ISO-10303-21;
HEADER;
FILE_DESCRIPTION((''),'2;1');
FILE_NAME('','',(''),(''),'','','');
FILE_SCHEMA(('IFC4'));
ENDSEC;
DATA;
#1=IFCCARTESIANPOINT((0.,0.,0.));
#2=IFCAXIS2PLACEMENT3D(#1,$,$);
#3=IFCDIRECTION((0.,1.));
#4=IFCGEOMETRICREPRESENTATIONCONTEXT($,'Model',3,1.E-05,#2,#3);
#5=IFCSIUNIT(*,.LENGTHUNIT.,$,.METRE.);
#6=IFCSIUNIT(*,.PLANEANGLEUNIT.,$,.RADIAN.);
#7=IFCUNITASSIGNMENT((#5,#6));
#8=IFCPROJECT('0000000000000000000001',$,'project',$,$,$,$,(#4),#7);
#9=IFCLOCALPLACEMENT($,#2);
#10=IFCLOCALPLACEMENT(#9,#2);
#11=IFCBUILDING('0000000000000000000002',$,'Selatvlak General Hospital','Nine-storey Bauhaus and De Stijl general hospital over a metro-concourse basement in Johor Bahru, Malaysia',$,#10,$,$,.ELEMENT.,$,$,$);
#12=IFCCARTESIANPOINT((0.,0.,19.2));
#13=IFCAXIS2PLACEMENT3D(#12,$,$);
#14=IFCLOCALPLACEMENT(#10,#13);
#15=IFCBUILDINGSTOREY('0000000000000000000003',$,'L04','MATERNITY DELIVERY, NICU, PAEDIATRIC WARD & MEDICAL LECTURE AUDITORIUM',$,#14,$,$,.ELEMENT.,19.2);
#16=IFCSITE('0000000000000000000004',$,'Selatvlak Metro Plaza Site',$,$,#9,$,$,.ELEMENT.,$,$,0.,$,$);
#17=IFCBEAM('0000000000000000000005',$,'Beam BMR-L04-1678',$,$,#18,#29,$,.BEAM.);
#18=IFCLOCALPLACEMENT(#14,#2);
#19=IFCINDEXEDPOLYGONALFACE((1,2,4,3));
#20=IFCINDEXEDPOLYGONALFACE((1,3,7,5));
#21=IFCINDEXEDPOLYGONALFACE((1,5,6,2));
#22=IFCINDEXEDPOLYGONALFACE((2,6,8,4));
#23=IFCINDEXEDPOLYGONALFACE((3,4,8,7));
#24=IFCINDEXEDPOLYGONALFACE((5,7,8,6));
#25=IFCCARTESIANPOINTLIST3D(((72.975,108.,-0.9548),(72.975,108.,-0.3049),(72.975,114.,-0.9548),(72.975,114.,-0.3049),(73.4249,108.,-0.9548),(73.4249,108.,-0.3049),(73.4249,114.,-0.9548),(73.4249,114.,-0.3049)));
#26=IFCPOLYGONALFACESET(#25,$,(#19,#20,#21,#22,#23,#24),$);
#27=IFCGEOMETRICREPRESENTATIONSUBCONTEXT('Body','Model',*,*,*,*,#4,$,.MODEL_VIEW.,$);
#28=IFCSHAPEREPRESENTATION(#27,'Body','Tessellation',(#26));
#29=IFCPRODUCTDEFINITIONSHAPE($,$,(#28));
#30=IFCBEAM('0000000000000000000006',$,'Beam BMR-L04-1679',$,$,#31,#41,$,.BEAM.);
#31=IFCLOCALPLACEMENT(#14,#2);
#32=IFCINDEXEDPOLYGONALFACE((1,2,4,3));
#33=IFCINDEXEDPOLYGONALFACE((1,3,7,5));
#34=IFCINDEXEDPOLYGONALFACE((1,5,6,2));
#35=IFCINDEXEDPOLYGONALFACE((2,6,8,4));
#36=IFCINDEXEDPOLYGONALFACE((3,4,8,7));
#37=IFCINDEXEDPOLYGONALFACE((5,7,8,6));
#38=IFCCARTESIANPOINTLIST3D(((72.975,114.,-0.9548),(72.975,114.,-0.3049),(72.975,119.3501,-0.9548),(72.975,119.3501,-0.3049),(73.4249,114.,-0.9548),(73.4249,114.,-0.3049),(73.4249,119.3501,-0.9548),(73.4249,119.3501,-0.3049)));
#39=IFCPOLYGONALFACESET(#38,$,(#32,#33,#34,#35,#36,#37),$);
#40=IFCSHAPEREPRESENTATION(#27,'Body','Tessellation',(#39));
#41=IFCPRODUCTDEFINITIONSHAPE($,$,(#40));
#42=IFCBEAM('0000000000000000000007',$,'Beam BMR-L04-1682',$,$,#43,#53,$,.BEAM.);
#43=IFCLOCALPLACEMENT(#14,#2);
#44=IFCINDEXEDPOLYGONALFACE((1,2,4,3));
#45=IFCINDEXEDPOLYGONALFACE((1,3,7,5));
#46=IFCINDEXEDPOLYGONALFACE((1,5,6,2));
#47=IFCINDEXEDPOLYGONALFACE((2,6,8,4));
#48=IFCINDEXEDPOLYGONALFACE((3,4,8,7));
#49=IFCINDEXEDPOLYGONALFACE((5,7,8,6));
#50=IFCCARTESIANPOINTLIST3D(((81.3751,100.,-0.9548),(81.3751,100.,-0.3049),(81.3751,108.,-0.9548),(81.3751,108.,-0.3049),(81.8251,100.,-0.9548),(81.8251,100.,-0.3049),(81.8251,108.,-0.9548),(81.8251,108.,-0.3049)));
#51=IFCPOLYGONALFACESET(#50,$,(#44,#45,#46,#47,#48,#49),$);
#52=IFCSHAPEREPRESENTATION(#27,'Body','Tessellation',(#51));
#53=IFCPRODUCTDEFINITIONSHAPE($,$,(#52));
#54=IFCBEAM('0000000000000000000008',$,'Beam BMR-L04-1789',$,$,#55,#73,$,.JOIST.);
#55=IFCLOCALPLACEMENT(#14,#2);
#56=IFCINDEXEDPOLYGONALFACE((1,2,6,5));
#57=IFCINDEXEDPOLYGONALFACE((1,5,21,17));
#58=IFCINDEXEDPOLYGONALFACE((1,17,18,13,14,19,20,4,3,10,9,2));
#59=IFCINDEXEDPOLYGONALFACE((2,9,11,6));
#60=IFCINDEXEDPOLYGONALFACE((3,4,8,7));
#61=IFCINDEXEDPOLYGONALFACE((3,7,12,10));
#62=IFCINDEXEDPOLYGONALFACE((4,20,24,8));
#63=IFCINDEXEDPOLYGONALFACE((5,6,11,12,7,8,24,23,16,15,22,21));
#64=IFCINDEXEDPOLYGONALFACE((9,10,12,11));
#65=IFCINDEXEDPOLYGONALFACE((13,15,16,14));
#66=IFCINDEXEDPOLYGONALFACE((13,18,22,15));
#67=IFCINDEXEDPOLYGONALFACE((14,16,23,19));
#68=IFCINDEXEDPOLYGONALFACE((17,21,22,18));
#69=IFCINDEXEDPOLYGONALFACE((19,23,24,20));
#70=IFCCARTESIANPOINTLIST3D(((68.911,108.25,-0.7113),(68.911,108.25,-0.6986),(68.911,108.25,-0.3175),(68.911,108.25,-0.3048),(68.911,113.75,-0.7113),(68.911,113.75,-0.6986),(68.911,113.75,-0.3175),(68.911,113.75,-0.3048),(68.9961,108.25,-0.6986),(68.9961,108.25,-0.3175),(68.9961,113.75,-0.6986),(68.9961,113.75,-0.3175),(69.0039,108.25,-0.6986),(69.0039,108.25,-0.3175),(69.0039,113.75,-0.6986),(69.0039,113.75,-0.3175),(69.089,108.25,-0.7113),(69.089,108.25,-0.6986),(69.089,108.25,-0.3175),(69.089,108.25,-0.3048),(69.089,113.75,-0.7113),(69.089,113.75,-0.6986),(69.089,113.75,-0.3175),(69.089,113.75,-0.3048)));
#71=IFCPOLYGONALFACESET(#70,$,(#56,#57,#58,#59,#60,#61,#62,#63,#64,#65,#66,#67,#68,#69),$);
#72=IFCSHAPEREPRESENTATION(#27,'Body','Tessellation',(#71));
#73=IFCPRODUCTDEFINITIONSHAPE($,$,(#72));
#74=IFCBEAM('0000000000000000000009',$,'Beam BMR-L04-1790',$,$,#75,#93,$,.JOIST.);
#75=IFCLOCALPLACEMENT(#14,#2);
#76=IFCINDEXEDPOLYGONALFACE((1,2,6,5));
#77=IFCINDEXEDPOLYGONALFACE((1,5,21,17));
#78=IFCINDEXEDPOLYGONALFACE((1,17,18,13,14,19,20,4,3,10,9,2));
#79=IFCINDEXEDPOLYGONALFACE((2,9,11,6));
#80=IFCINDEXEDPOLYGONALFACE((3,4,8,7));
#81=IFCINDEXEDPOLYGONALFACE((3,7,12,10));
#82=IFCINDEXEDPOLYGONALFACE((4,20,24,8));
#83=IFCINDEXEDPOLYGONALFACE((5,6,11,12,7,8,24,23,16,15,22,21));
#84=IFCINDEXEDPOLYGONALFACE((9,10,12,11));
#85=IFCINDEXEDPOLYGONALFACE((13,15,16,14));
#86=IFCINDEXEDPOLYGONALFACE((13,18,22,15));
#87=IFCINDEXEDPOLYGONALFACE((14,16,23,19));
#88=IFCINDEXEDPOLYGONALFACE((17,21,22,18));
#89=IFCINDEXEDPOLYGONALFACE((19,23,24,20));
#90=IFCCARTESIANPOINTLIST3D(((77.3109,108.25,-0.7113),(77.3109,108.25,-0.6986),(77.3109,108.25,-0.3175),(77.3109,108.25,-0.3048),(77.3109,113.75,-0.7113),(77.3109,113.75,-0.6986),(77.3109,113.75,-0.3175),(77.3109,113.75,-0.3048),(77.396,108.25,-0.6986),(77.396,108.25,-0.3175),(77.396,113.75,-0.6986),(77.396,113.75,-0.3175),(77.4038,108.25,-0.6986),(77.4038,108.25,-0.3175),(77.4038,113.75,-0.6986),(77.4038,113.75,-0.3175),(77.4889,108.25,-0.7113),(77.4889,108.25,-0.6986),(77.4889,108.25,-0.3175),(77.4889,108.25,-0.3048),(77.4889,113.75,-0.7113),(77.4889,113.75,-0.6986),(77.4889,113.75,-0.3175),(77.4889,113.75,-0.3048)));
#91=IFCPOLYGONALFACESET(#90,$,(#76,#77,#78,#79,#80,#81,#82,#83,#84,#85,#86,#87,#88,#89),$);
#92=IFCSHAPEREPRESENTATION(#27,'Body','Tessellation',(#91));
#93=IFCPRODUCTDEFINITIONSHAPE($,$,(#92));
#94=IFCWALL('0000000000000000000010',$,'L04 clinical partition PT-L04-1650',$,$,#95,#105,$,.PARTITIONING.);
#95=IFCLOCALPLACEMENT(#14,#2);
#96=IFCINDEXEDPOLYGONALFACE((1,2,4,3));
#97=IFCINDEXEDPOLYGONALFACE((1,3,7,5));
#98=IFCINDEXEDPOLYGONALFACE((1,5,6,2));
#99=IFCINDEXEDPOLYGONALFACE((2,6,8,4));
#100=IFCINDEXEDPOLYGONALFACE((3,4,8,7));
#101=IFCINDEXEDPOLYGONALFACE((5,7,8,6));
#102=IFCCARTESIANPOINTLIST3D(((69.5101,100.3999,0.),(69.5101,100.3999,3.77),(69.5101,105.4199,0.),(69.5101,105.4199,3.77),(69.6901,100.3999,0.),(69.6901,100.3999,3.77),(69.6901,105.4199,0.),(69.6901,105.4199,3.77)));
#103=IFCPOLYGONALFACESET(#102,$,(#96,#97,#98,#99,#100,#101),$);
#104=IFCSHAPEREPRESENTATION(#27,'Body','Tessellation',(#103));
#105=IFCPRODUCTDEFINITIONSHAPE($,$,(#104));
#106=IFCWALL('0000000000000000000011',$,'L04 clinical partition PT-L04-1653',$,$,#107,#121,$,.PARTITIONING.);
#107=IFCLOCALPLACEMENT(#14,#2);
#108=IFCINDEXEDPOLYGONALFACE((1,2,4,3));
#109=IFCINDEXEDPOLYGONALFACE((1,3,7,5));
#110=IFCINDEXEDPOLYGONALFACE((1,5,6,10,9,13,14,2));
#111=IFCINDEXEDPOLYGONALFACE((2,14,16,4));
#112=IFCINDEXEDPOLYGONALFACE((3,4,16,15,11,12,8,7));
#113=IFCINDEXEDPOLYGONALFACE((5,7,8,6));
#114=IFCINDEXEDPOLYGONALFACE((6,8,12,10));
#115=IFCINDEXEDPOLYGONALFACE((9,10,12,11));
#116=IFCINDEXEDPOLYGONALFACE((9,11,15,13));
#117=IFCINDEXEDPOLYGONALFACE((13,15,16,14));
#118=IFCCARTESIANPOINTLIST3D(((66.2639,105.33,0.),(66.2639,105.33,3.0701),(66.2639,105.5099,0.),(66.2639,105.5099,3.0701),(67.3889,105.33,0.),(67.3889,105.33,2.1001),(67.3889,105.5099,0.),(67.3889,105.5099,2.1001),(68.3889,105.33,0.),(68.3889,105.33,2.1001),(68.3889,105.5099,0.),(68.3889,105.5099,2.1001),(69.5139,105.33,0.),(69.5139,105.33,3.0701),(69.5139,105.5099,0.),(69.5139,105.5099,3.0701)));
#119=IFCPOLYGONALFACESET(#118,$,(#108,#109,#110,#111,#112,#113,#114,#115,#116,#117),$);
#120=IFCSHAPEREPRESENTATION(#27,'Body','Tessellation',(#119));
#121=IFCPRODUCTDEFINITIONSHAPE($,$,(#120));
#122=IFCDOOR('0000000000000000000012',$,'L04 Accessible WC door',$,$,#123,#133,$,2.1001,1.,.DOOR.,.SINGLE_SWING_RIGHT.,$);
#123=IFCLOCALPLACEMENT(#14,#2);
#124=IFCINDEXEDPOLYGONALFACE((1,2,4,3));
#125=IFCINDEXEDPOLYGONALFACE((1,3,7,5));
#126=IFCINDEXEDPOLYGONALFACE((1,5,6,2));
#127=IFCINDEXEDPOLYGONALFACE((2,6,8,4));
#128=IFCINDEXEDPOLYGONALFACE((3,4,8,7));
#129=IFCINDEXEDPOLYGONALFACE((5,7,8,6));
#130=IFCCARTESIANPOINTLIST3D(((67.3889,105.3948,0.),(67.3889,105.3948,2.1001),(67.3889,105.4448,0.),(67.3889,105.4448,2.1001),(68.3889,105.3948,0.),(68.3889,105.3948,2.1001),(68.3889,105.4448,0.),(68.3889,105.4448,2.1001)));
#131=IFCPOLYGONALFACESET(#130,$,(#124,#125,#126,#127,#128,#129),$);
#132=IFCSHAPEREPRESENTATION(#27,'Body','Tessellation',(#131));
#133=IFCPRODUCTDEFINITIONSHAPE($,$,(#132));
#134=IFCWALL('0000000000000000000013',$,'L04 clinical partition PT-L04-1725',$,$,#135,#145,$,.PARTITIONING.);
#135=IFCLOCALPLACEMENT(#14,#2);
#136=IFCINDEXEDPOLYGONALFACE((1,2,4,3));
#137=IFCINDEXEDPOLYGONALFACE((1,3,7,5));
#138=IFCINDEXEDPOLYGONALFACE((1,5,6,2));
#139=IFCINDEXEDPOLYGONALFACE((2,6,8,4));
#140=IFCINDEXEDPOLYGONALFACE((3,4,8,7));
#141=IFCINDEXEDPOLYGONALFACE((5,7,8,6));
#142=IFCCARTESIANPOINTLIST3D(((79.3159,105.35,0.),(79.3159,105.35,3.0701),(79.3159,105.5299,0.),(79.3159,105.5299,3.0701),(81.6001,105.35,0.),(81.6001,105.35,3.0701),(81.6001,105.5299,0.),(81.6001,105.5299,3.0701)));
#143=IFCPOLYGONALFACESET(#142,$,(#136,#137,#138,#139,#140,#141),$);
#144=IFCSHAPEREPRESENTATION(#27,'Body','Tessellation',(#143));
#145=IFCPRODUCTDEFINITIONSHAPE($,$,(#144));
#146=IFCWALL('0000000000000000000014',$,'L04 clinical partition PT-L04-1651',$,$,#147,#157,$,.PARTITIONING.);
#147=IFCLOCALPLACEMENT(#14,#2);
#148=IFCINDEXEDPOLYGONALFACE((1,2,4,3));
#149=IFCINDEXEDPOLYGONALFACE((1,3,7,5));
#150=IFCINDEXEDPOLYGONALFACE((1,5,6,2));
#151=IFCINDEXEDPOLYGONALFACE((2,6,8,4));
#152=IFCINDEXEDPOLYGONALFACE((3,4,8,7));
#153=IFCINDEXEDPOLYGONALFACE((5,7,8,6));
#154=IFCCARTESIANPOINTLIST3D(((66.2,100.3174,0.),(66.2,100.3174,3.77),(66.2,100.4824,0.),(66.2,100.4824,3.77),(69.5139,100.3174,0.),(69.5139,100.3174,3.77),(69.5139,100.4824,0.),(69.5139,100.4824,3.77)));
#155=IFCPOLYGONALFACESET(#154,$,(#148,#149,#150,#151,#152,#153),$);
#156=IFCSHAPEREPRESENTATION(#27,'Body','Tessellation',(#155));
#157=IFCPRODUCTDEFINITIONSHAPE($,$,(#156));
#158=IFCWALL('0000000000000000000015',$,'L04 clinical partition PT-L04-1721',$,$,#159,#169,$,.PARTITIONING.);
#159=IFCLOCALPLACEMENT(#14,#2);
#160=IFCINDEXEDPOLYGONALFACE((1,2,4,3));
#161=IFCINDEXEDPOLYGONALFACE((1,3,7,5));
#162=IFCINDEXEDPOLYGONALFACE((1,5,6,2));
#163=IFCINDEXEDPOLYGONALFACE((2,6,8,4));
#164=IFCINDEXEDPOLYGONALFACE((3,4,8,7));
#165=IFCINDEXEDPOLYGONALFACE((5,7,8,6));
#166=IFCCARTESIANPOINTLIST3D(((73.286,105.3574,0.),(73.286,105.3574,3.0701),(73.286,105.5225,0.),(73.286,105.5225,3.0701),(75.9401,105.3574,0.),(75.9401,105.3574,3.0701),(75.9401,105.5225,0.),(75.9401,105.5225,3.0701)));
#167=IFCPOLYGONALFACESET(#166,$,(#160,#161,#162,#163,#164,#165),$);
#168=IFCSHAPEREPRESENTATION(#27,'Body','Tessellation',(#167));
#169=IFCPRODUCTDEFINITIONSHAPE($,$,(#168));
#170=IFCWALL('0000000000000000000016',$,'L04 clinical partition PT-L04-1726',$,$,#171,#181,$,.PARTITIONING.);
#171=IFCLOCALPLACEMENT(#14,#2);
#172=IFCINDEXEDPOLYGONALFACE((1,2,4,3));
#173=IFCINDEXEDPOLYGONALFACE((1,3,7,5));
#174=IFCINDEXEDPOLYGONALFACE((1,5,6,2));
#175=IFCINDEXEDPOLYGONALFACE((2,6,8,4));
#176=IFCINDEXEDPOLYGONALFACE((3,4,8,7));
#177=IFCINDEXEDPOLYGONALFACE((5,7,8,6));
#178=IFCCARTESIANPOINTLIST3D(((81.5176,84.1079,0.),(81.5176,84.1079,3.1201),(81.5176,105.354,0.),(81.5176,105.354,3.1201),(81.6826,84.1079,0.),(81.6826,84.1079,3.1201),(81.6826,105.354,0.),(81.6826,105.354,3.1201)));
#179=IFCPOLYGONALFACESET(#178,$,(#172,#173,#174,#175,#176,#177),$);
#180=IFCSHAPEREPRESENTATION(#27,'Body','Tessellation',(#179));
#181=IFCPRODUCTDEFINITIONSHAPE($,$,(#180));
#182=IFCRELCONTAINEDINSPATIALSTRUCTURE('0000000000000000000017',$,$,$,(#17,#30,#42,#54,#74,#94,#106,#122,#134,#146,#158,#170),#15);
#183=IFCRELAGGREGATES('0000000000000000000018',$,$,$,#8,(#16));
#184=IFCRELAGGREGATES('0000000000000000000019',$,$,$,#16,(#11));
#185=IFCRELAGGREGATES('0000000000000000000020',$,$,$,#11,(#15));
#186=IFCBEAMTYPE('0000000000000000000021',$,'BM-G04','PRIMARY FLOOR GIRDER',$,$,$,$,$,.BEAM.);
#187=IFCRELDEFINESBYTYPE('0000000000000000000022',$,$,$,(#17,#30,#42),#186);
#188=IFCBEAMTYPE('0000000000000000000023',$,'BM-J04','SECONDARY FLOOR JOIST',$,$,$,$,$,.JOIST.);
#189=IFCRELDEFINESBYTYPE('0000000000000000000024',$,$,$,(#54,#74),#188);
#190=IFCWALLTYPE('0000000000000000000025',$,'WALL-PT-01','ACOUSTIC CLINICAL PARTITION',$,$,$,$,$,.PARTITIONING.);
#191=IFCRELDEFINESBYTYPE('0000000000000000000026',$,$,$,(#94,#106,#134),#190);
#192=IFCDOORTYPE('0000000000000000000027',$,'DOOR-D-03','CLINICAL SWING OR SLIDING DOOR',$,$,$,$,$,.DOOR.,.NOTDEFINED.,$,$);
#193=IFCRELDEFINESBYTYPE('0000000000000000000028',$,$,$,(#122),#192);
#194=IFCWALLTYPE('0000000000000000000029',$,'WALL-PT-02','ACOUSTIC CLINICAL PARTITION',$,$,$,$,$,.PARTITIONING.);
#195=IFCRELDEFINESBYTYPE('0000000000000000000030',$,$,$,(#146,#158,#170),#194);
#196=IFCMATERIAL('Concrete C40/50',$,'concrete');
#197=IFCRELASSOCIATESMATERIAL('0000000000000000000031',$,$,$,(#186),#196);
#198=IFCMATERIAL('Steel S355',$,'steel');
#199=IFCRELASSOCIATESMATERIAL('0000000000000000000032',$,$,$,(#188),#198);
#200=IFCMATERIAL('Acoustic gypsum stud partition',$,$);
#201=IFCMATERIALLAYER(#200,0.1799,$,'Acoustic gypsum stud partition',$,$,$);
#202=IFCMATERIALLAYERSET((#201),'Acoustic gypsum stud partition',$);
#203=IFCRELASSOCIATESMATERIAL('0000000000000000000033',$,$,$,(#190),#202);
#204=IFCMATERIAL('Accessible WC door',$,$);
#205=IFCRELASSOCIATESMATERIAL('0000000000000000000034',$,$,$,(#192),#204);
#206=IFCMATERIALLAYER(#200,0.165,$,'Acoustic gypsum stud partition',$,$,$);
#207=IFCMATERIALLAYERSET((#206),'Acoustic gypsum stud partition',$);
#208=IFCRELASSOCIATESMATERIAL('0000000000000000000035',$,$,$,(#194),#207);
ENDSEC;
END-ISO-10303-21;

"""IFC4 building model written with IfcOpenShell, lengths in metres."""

from ifc_helpers import new_model, si_unit, direction, frame, frame_2d, origin, origin_2d, place, context, subcontext, project, spatial, rectangle, i_section, extrude, material, layer, layer_set, material_profile, profile_set, type_object, element, fill, save


model = new_model("IFC4")

# Units and contexts
model_context = context("Model", 3, precision=1e-05, world=origin(), true_north=direction((0.0, 1.0)))
body_context = subcontext(model_context, "Body", "Model", "MODEL_VIEW")
ifc_project = project(units=[si_unit("LENGTHUNIT", "METRE"), si_unit("PLANEANGLEUNIT", "RADIAN")], contexts=[model_context])

# Site, building, storey
site_placement = place(None, origin())
site = spatial("IfcSite", under=ifc_project, at=site_placement, Name="Selatvlak Metro Plaza Site", CompositionType="ELEMENT", RefElevation=0.0)
building_placement = place(site_placement, origin())
building = spatial("IfcBuilding", under=site, at=building_placement, Name="Selatvlak General Hospital", Description="Nine-storey Bauhaus and De Stijl general hospital over a metro-concourse basement in Johor Bahru, Malaysia", CompositionType="ELEMENT")
storey_placement = place(building_placement, frame((0.0, 0.0, 19.2)))
storey = spatial("IfcBuildingStorey", under=building, at=storey_placement, Name="L04", Description="MATERNITY DELIVERY, NICU, PAEDIATRIC WARD & MEDICAL LECTURE AUDITORIUM", CompositionType="ELEMENT", Elevation=19.2)

# Beams
ifc_material_1 = material(Name="Concrete C40/50", Category="concrete")
ifc_material_profile_1 = material_profile(ifc_material_1, rectangle(XDim=0.45, YDim=0.6499, at=origin_2d()), Name="RC-BM 450x650")
ifc_profile_set_1 = profile_set([ifc_material_profile_1], Name="Concrete C40/50")
beam_type_1 = type_object("IfcBeamType", Name="BM-G04", Description="PRIMARY FLOOR GIRDER", PredefinedType="BEAM", material=ifc_profile_set_1)
beam_1_placement = place(storey_placement, frame((73.2, 108.0, -0.6299), z_axis=(0.0, 1.0, 0.0), x_axis=(-1.0, 0.0, 0.0)))
element("IfcBeam", 1, at=beam_1_placement, inside=storey, type_object=beam_type_1, Name="Beam BMR-L04-1678", PredefinedType="BEAM", context=body_context, shape_type="SweptSolid", body=[
    extrude(rectangle(XDim=0.45, YDim=0.6499, at=origin_2d()), origin(), (0.0, 0.0, 1.0), 6.0),
])
beam_2_placement = place(storey_placement, frame((73.2, 114.0, -0.6299), z_axis=(0.0, 1.0, 0.0), x_axis=(-1.0, 0.0, 0.0)))
element("IfcBeam", 2, at=beam_2_placement, inside=storey, type_object=beam_type_1, Name="Beam BMR-L04-1679", PredefinedType="BEAM", context=body_context, shape_type="SweptSolid", body=[
    extrude(rectangle(XDim=0.45, YDim=0.6499, at=origin_2d()), origin(), (0.0, 0.0, 1.0), 5.3501),
])
beam_3_placement = place(storey_placement, frame((81.6001, 100.0, -0.6299), z_axis=(0.0, 1.0, 0.0), x_axis=(-1.0, 0.0, 0.0)))
element("IfcBeam", 3, at=beam_3_placement, inside=storey, type_object=beam_type_1, Name="Beam BMR-L04-1682", PredefinedType="BEAM", context=body_context, shape_type="SweptSolid", body=[
    extrude(rectangle(XDim=0.45, YDim=0.6499, at=origin_2d()), origin(), (0.0, 0.0, 1.0), 8.0),
])
ifc_material_2 = material(Name="Steel S355", Category="steel")
ifc_material_profile_2 = material_profile(ifc_material_2, i_section(OverallWidth=0.178, OverallDepth=0.4065, WebThickness=0.0078, FlangeThickness=0.0127, at=origin_2d()), Name="UB 406x178x60")
ifc_profile_set_2 = profile_set([ifc_material_profile_2], Name="Steel S355")
beam_type_2 = type_object("IfcBeamType", Name="BM-J04", Description="SECONDARY FLOOR JOIST", PredefinedType="JOIST", material=ifc_profile_set_2)
for number, where, z_axis, x_axis, name in (
    (4, (69.0, 108.25, -0.5081), (0.0, 1.0, 0.0), (-1.0, 0.0, 0.0), "Beam BMR-L04-1789"),
    (5, (77.3999, 108.25, -0.5081), (0.0, 1.0, 0.0), (-1.0, 0.0, 0.0), "Beam BMR-L04-1790"),
):
    element("IfcBeam", number, at=place(storey_placement, frame(where, z_axis=z_axis, x_axis=x_axis)), inside=storey, type_object=beam_type_2, Name=name, PredefinedType="JOIST", context=body_context, shape_type="SweptSolid", body=[
        extrude(i_section(OverallWidth=0.178, OverallDepth=0.4065, WebThickness=0.0078, FlangeThickness=0.0127, at=origin_2d()), origin(), (0.0, 0.0, 1.0), 5.5),
    ])

# Wall
ifc_material_3 = material(Name="Acoustic gypsum stud partition")
ifc_layer_1 = layer(ifc_material_3, 0.1799, Name="Acoustic gypsum stud partition")
ifc_layer_set_1 = layer_set([ifc_layer_1], Name="Acoustic gypsum stud partition")
wall_type_1 = type_object("IfcWallType", Name="WALL-PT-01", Description="ACOUSTIC CLINICAL PARTITION", PredefinedType="PARTITIONING", material=ifc_layer_set_1)
wall_1_placement = place(storey_placement, frame((69.6001, 105.4199, 0.0), z_axis=(0.0, 0.0, 1.0), x_axis=(0.0, -1.0, 0.0)))
element("IfcWall", 6, at=wall_1_placement, inside=storey, type_object=wall_type_1, Name="L04 clinical partition PT-L04-1650", PredefinedType="PARTITIONING", context=body_context, shape_type="SweptSolid", body=[
    extrude(rectangle(XDim=5.02, YDim=0.1799, at=frame_2d((2.51, 0.0))), origin(), (0.0, 0.0, 1.0), 3.77),
])

# Wall, opening, door
wall_2_placement = place(storey_placement, frame((66.2639, 105.4199, 0.0), z_axis=(0.0, 0.0, 1.0), x_axis=(1.0, 0.0, 0.0)))
wall_2 = element("IfcWall", 7, at=wall_2_placement, inside=storey, type_object=wall_type_1, Name="L04 clinical partition PT-L04-1653", PredefinedType="PARTITIONING", context=body_context, shape_type="SweptSolid", body=[
    extrude(rectangle(XDim=3.25, YDim=0.1799, at=frame_2d((1.625, 0.0))), origin(), (0.0, 0.0, 1.0), 3.0701),
])
opening_1_placement = place(wall_2_placement, frame((1.125, 0.0, 0.0)))
opening_1 = element("IfcOpeningElement", 8, at=opening_1_placement, cuts=wall_2, PredefinedType="OPENING", context=body_context, shape_type="SweptSolid", body=[
    extrude(rectangle(XDim=1.0, YDim=2.1001, at=frame_2d((0.5, 1.05))), frame((0.0, 0.0999, 0.0), z_axis=(0.0, -1.0, 0.0), x_axis=(1.0, 0.0, 0.0)), (0.0, 0.0, 1.0), 0.2),
])
ifc_material_4 = material(Name="Accessible WC door")
door_type_1 = type_object("IfcDoorType", Name="DOOR-D-03", Description="CLINICAL SWING OR SLIDING DOOR", OperationType="NOTDEFINED", PredefinedType="DOOR", material=ifc_material_4)
door_1_placement = place(opening_1_placement, origin())
door_1 = element("IfcDoor", 9, at=door_1_placement, inside=storey, type_object=door_type_1, Name="L04 Accessible WC door", OperationType="SINGLE_SWING_RIGHT", OverallHeight=2.1001, OverallWidth=1.0, PredefinedType="DOOR", context=body_context, shape_type="SweptSolid", body=[
    extrude(rectangle(XDim=1.0, YDim=2.1001, at=frame_2d((0.5, 1.05))), frame((0.0, 0.0249, 0.0), z_axis=(0.0, -1.0, 0.0), x_axis=(1.0, 0.0, 0.0)), (0.0, 0.0, 1.0), 0.05),
])
fill(opening_1, door_1)

# Walls
wall_3_placement = place(storey_placement, frame((79.3159, 105.4399, 0.0), z_axis=(0.0, 0.0, 1.0), x_axis=(1.0, 0.0, 0.0)))
element("IfcWall", 10, at=wall_3_placement, inside=storey, type_object=wall_type_1, Name="L04 clinical partition PT-L04-1725", PredefinedType="PARTITIONING", context=body_context, shape_type="SweptSolid", body=[
    extrude(rectangle(XDim=2.2842, YDim=0.1799, at=frame_2d((1.1421, 0.0))), origin(), (0.0, 0.0, 1.0), 3.0701),
])
ifc_layer_2 = layer(ifc_material_3, 0.165, Name="Acoustic gypsum stud partition")
ifc_layer_set_2 = layer_set([ifc_layer_2], Name="Acoustic gypsum stud partition")
wall_type_2 = type_object("IfcWallType", Name="WALL-PT-02", Description="ACOUSTIC CLINICAL PARTITION", PredefinedType="PARTITIONING", material=ifc_layer_set_2)
wall_4_placement = place(storey_placement, frame((69.5139, 100.3999, 0.0), z_axis=(0.0, 0.0, 1.0), x_axis=(-1.0, 0.0, 0.0)))
element("IfcWall", 11, at=wall_4_placement, inside=storey, type_object=wall_type_2, Name="L04 clinical partition PT-L04-1651", PredefinedType="PARTITIONING", context=body_context, shape_type="SweptSolid", body=[
    extrude(rectangle(XDim=3.314, YDim=0.165, at=frame_2d((1.657, 0.0))), origin(), (0.0, 0.0, 1.0), 3.77),
])
wall_5_placement = place(storey_placement, frame((73.2859, 105.4399, 0.0), z_axis=(0.0, 0.0, 1.0), x_axis=(1.0, 0.0, 0.0)))
element("IfcWall", 12, at=wall_5_placement, inside=storey, type_object=wall_type_2, Name="L04 clinical partition PT-L04-1721", PredefinedType="PARTITIONING", context=body_context, shape_type="SweptSolid", body=[
    extrude(rectangle(XDim=2.6541, YDim=0.165, at=frame_2d((1.3271, 0.0))), origin(), (0.0, 0.0, 1.0), 3.0701),
])
wall_6_placement = place(storey_placement, frame((81.6001, 105.354, 0.0), z_axis=(0.0, 0.0, 1.0), x_axis=(0.0, -1.0, 0.0)))
element("IfcWall", 13, at=wall_6_placement, inside=storey, type_object=wall_type_2, Name="L04 clinical partition PT-L04-1726", PredefinedType="PARTITIONING", context=body_context, shape_type="SweptSolid", body=[
    extrude(rectangle(XDim=21.2461, YDim=0.165, at=frame_2d((10.623, 0.0))), origin(), (0.0, 0.0, 1.0), 3.1201),
])

save(model, "model.ifc")
